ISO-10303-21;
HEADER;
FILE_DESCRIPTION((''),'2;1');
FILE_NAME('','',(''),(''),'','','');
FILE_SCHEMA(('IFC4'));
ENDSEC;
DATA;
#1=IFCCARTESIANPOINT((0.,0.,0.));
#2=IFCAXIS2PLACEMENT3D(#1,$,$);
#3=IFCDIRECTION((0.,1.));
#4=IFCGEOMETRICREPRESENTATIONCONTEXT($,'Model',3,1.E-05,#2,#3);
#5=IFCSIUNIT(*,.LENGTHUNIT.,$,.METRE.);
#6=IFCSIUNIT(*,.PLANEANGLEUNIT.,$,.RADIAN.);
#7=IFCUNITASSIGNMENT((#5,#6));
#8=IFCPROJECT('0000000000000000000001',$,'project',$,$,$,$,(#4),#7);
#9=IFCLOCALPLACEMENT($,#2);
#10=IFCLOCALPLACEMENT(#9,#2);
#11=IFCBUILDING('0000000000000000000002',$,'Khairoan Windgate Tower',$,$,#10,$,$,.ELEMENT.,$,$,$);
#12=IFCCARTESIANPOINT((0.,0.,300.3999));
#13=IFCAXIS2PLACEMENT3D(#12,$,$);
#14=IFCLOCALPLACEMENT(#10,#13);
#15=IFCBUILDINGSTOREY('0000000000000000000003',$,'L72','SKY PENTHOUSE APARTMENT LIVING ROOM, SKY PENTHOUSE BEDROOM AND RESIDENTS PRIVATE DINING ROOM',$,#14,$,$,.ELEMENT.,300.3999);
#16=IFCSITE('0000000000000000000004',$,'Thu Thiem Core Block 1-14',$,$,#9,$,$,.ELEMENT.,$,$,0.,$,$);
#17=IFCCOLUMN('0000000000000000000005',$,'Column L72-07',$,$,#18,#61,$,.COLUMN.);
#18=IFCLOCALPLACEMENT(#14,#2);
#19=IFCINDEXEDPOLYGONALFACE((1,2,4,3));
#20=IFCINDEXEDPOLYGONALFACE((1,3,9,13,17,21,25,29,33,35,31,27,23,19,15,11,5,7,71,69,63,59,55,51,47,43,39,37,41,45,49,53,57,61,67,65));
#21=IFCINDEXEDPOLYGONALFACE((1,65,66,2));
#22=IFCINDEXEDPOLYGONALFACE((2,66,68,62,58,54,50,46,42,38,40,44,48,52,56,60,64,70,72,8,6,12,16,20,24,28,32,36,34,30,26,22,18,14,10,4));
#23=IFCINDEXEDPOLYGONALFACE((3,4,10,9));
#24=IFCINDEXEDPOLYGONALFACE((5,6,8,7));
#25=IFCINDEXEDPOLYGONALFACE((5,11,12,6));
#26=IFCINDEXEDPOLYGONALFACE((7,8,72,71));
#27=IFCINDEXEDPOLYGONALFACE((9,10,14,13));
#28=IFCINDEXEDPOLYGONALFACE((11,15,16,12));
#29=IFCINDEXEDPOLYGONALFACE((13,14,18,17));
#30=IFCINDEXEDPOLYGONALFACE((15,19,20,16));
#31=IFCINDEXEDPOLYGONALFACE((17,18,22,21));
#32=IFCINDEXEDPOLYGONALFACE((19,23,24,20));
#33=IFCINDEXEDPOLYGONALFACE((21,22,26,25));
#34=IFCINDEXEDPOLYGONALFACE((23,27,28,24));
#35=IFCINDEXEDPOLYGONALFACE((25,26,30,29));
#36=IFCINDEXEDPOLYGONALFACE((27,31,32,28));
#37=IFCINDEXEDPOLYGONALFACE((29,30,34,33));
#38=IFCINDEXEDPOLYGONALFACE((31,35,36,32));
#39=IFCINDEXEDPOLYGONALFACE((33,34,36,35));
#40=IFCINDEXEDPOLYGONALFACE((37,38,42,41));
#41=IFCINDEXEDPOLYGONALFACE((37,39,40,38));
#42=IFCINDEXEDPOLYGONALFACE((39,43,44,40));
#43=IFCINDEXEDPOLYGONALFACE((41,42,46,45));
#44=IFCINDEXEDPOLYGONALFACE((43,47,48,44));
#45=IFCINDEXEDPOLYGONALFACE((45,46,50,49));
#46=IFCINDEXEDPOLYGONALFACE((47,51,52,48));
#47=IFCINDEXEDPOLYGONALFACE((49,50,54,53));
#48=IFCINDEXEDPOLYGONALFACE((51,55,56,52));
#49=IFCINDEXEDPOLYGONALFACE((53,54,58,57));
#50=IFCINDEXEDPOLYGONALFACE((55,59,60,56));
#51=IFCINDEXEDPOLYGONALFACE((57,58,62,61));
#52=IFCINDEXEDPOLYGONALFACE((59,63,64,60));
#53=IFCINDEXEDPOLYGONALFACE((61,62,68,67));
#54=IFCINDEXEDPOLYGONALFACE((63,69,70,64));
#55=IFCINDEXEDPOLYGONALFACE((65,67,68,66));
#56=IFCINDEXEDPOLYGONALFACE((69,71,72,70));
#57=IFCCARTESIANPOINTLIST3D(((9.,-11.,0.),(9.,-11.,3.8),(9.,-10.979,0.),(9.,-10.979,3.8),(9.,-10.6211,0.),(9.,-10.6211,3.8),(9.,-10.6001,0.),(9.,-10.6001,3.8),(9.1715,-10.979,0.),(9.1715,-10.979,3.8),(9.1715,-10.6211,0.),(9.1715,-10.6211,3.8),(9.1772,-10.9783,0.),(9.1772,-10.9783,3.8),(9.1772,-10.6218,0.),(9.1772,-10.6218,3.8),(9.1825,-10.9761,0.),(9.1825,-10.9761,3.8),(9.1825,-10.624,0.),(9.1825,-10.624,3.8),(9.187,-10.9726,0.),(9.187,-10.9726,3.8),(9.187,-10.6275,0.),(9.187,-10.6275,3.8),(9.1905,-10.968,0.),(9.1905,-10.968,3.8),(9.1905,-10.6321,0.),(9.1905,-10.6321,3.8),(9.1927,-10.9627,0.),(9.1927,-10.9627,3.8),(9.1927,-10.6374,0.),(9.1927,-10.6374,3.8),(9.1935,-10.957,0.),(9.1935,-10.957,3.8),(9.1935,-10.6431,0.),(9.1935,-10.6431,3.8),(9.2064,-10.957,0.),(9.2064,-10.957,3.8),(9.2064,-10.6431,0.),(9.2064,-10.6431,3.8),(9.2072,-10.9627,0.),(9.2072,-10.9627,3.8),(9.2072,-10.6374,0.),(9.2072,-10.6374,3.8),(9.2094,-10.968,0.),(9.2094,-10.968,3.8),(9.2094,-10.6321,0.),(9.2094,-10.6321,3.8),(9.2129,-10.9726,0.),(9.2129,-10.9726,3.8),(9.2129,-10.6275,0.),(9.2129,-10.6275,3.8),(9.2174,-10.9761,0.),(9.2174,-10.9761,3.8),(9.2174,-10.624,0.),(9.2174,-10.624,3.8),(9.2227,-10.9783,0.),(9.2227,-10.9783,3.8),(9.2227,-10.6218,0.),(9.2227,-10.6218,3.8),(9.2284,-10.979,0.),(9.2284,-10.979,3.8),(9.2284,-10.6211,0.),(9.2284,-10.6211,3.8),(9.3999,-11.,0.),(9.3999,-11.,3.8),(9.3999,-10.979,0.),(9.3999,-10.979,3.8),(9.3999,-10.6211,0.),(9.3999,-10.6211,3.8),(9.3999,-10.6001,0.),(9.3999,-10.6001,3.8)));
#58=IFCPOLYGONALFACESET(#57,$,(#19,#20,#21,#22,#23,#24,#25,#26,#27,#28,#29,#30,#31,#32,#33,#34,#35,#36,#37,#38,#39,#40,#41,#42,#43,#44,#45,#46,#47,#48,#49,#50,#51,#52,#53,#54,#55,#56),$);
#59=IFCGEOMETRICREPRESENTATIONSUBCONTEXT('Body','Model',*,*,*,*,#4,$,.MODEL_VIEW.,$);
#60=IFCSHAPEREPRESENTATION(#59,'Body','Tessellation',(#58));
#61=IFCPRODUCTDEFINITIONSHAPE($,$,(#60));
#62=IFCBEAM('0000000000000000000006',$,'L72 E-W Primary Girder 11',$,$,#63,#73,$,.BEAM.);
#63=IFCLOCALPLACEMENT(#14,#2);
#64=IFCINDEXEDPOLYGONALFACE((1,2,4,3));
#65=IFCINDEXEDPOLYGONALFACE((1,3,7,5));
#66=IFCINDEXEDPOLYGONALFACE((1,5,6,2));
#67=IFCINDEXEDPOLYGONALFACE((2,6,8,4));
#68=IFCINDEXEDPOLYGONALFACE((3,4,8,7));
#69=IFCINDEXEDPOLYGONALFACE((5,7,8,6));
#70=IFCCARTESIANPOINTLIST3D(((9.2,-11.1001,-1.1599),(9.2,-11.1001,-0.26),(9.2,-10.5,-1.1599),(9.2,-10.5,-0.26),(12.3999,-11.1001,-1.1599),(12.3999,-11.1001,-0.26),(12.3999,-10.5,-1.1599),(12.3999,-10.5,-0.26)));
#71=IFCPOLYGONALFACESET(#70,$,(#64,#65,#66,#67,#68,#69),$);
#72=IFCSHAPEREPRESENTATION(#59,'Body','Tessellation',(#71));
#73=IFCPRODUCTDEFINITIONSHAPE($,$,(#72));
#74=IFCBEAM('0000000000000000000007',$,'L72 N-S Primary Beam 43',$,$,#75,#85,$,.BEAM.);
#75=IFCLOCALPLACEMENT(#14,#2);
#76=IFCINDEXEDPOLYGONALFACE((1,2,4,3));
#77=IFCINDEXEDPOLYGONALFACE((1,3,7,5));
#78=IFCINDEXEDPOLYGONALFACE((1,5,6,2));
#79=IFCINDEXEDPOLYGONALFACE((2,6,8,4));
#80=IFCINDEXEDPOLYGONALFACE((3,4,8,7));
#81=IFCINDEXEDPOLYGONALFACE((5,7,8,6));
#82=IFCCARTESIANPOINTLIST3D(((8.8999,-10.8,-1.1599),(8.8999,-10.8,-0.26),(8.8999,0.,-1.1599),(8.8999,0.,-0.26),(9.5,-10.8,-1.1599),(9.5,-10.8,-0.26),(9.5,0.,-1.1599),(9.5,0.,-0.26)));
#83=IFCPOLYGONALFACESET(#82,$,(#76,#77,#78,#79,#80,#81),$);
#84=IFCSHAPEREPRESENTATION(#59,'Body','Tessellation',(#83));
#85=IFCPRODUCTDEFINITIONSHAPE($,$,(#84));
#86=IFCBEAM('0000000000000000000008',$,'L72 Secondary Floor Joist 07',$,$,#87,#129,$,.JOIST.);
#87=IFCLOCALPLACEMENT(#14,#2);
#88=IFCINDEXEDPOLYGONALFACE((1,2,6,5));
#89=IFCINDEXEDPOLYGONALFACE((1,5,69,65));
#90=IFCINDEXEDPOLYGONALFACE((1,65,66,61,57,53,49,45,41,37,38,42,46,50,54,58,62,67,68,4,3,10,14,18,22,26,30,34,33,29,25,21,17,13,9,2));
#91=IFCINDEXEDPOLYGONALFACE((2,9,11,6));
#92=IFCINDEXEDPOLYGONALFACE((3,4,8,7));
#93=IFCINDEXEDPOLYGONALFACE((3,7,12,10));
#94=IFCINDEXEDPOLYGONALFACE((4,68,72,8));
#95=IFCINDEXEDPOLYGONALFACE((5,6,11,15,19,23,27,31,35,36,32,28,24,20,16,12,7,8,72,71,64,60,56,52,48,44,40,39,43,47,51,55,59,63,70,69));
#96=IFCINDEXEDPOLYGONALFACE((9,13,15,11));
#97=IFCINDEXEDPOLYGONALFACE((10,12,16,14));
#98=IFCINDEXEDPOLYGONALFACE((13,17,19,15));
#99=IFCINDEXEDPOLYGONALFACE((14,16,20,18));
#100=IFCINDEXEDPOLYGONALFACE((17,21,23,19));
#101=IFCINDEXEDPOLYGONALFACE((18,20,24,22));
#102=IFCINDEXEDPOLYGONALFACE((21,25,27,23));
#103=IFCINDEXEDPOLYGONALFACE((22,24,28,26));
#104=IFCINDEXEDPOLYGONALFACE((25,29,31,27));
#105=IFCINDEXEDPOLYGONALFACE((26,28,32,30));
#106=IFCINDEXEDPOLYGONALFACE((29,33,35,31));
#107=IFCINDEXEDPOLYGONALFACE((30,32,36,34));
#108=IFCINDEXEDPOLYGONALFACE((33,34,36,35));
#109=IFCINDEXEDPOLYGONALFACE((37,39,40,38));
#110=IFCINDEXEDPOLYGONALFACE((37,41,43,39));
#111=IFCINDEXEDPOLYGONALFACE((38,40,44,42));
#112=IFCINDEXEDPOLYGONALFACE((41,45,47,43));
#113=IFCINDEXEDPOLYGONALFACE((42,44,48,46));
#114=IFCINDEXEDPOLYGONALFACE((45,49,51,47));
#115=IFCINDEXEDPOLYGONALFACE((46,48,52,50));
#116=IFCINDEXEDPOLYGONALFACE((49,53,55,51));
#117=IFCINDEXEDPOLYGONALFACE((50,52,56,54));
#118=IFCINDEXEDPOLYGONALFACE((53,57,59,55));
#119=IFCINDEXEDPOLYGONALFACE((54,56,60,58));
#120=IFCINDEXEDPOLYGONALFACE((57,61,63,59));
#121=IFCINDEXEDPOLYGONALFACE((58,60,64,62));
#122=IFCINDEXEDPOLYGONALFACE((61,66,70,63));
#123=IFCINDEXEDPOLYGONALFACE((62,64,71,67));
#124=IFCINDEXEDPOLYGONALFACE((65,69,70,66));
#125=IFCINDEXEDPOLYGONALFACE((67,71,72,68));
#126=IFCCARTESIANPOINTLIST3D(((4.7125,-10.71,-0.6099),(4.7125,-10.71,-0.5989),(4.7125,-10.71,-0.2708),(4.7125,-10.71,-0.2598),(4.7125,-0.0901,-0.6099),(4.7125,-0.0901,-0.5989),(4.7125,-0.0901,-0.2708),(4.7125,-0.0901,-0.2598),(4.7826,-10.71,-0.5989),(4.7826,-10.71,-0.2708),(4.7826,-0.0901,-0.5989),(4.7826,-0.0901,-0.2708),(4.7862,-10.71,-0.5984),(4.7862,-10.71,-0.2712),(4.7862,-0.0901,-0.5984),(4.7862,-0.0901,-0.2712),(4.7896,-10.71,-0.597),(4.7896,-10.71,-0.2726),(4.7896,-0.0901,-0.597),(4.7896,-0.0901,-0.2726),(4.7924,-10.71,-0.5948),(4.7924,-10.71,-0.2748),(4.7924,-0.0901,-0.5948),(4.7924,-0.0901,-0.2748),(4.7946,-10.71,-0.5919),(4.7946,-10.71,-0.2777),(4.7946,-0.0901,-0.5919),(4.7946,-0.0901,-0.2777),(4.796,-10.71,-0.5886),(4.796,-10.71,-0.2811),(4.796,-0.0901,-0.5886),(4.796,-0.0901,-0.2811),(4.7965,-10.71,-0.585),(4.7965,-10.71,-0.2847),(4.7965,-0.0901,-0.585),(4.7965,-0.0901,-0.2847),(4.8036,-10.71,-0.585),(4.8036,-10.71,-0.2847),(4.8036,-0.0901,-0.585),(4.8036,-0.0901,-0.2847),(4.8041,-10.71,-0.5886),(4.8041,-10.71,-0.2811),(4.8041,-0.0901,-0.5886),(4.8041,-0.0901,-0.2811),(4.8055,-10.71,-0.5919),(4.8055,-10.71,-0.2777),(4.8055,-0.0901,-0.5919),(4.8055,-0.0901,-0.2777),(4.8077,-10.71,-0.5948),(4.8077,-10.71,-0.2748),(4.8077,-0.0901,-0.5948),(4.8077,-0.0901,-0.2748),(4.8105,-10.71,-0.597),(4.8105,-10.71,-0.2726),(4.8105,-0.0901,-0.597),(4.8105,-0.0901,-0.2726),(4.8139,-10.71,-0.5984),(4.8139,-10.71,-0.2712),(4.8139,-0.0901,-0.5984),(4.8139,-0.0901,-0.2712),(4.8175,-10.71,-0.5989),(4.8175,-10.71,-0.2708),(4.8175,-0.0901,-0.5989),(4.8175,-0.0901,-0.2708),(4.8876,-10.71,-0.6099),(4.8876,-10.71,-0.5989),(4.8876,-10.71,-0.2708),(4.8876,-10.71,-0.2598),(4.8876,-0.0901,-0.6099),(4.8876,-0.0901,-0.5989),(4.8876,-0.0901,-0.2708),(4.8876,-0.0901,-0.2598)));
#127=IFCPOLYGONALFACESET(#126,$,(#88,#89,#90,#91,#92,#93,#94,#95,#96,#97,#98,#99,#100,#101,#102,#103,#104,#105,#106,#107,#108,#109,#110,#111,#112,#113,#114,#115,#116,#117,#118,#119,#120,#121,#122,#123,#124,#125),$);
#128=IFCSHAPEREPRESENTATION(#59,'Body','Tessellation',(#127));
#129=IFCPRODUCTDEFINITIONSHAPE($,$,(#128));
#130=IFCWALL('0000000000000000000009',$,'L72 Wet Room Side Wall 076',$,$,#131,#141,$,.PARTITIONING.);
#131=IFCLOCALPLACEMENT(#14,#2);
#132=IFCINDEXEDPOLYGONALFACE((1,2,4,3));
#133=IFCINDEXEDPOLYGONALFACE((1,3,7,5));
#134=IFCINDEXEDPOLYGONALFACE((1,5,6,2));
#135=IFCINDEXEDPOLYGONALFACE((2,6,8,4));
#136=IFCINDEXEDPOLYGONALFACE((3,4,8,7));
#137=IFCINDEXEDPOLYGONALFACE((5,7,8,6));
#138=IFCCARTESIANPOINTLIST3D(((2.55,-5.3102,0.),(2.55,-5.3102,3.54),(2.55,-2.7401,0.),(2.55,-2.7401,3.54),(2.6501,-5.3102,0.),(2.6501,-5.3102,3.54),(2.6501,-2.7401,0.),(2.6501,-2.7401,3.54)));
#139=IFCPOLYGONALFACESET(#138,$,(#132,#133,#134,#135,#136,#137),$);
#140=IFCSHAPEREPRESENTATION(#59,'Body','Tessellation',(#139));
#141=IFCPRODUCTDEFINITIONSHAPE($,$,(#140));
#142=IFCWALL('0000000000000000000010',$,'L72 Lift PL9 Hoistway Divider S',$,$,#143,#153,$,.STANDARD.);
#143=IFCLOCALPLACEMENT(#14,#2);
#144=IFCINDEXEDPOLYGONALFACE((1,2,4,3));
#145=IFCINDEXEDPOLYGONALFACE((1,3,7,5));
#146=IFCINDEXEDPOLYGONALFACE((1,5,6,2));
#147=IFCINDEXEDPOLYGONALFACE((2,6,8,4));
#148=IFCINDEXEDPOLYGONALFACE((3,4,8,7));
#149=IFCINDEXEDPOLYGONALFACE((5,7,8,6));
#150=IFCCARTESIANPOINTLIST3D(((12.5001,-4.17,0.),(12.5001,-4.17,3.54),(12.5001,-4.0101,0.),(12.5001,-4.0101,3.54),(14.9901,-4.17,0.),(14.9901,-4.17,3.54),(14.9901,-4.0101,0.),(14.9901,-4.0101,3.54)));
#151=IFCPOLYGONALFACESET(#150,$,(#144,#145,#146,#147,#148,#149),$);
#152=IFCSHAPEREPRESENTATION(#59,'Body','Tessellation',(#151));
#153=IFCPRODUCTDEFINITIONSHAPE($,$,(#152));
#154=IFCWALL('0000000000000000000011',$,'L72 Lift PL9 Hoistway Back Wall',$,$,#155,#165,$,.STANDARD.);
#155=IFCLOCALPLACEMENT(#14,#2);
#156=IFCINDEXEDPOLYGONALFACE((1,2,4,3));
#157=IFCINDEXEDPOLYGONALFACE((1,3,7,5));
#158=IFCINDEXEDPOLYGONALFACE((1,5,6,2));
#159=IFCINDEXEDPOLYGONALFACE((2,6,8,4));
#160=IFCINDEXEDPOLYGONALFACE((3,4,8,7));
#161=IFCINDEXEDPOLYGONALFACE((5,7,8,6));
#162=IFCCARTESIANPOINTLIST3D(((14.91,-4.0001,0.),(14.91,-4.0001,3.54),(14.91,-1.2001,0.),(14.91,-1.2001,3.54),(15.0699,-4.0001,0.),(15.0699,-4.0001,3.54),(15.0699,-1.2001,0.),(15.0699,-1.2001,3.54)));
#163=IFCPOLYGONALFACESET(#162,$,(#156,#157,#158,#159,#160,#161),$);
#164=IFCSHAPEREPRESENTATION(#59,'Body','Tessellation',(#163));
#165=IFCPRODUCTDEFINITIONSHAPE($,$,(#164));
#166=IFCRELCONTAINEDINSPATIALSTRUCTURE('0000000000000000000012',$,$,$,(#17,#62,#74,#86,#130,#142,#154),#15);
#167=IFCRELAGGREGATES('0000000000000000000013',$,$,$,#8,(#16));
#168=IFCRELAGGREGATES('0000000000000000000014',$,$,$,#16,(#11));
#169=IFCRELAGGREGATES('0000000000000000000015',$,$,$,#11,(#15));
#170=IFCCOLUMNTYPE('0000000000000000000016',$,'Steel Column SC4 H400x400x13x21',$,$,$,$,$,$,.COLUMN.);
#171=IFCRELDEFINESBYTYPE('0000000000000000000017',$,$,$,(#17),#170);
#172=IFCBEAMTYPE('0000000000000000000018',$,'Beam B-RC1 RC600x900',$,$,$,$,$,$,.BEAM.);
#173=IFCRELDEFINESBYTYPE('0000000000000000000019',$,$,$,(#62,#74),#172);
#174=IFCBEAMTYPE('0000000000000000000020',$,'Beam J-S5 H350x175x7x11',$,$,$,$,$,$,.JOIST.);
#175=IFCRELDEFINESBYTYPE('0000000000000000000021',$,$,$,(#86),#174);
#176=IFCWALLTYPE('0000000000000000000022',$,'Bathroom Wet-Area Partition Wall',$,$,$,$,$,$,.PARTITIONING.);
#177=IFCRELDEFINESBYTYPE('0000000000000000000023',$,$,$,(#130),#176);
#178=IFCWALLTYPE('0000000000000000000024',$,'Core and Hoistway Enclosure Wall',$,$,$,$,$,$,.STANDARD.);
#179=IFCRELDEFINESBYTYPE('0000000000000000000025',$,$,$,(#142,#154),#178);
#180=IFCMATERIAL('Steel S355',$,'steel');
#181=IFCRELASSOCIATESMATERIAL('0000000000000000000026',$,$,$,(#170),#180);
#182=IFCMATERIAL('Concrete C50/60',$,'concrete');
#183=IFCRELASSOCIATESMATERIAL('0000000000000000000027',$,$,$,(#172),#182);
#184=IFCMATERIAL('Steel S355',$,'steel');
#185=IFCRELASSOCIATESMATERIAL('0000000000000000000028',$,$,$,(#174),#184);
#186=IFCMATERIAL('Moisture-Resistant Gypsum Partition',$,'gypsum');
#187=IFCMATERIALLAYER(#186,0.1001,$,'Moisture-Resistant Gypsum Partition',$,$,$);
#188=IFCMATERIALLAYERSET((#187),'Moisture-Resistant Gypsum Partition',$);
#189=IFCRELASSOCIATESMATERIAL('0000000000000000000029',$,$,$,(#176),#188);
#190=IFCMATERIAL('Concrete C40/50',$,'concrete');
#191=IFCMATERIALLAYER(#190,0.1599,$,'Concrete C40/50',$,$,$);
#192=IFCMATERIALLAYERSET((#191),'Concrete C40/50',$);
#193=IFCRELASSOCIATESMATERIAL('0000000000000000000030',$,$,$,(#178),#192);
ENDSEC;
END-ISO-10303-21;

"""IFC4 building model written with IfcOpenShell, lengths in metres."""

from ifc_helpers import new_model, si_unit, direction, frame, frame_2d, origin, origin_2d, place, context, subcontext, project, spatial, rectangle, i_section, extrude, material, layer, layer_set, material_profile, profile_set, type_object, element, save


model = new_model("IFC4")

# Units and contexts
model_context = context("Model", 3, precision=1e-05, world=origin(), true_north=direction((0.0, 1.0)))
body_context = subcontext(model_context, "Body", "Model", "MODEL_VIEW")
ifc_project = project(units=[si_unit("LENGTHUNIT", "METRE"), si_unit("PLANEANGLEUNIT", "RADIAN")], contexts=[model_context])

# Site, building, storey
site_placement = place(None, origin())
site = spatial("IfcSite", under=ifc_project, at=site_placement, Name="Thu Thiem Core Block 1-14", CompositionType="ELEMENT", RefElevation=0.0)
building_placement = place(site_placement, origin())
building = spatial("IfcBuilding", under=site, at=building_placement, Name="Khairoan Windgate Tower", CompositionType="ELEMENT")
storey_placement = place(building_placement, frame((0.0, 0.0, 300.3999)))
storey = spatial("IfcBuildingStorey", under=building, at=storey_placement, Name="L72", Description="SKY PENTHOUSE APARTMENT LIVING ROOM, SKY PENTHOUSE BEDROOM AND RESIDENTS PRIVATE DINING ROOM", CompositionType="ELEMENT", Elevation=300.3999)

# Column
ifc_material_1 = material(Name="Steel S355", Category="steel")
ifc_material_profile_1 = material_profile(ifc_material_1, i_section(OverallWidth=0.3999, OverallDepth=0.3999, WebThickness=0.0129, FlangeThickness=0.021, FilletRadius=0.022, at=origin_2d()))
ifc_profile_set_1 = profile_set([ifc_material_profile_1], Name="Steel S355")
column_type = type_object("IfcColumnType", Name="Steel Column SC4 H400x400x13x21", PredefinedType="COLUMN", material=ifc_profile_set_1)
column_placement = place(storey_placement, frame((9.2, -10.8, 0.0), z_axis=(0.0, 0.0, 1.0), x_axis=(1.0, 0.0, 0.0)))
element("IfcColumn", 1, at=column_placement, inside=storey, type_object=column_type, Name="Column L72-07", PredefinedType="COLUMN", context=body_context, shape_type="SweptSolid", body=[
    extrude(i_section(OverallWidth=0.3999, OverallDepth=0.3999, WebThickness=0.0129, FlangeThickness=0.021, FilletRadius=0.022, at=origin_2d()), origin(), (0.0, 0.0, 1.0), 3.8),
])

# Beams
ifc_material_2 = material(Name="Concrete C50/60", Category="concrete")
ifc_material_profile_2 = material_profile(ifc_material_2, rectangle(XDim=0.6001, YDim=0.8999, at=origin_2d()))
ifc_profile_set_2 = profile_set([ifc_material_profile_2], Name="Concrete C50/60")
beam_type_1 = type_object("IfcBeamType", Name="Beam B-RC1 RC600x900", PredefinedType="BEAM", material=ifc_profile_set_2)
beam_1_placement = place(storey_placement, frame((9.2, -10.8, -0.71), z_axis=(1.0, 0.0, 0.0), x_axis=(0.0, 1.0, 0.0)))
element("IfcBeam", 2, at=beam_1_placement, inside=storey, type_object=beam_type_1, Name="L72 E-W Primary Girder 11", PredefinedType="BEAM", context=body_context, shape_type="SweptSolid", body=[
    extrude(rectangle(XDim=0.6001, YDim=0.8999, at=origin_2d()), origin(), (0.0, 0.0, 1.0), 3.2),
])
beam_2_placement = place(storey_placement, frame((9.2, -10.8, -0.71), z_axis=(0.0, 1.0, 0.0), x_axis=(-1.0, 0.0, 0.0)))
element("IfcBeam", 3, at=beam_2_placement, inside=storey, type_object=beam_type_1, Name="L72 N-S Primary Beam 43", PredefinedType="BEAM", context=body_context, shape_type="SweptSolid", body=[
    extrude(rectangle(XDim=0.6001, YDim=0.8999, at=origin_2d()), origin(), (0.0, 0.0, 1.0), 10.8),
])
ifc_material_3 = material(Name="Steel S355", Category="steel")
ifc_material_profile_3 = material_profile(ifc_material_3, i_section(OverallWidth=0.175, OverallDepth=0.3501, WebThickness=0.0071, FlangeThickness=0.011, FilletRadius=0.0139, at=origin_2d()))
ifc_profile_set_3 = profile_set([ifc_material_profile_3], Name="Steel S355")
beam_type_2 = type_object("IfcBeamType", Name="Beam J-S5 H350x175x7x11", PredefinedType="JOIST", material=ifc_profile_set_3)
beam_3_placement = place(storey_placement, frame((4.8, -10.71, -0.4348), z_axis=(0.0, 1.0, 0.0), x_axis=(-1.0, 0.0, 0.0)))
element("IfcBeam", 4, at=beam_3_placement, inside=storey, type_object=beam_type_2, Name="L72 Secondary Floor Joist 07", PredefinedType="JOIST", context=body_context, shape_type="SweptSolid", body=[
    extrude(i_section(OverallWidth=0.175, OverallDepth=0.3501, WebThickness=0.0071, FlangeThickness=0.011, FilletRadius=0.0139, at=origin_2d()), origin(), (0.0, 0.0, 1.0), 10.6199),
])

# Walls
ifc_material_4 = material(Name="Moisture-Resistant Gypsum Partition", Category="gypsum")
ifc_layer_1 = layer(ifc_material_4, 0.1001, Name="Moisture-Resistant Gypsum Partition")
ifc_layer_set_1 = layer_set([ifc_layer_1], Name="Moisture-Resistant Gypsum Partition")
wall_type_1 = type_object("IfcWallType", Name="Bathroom Wet-Area Partition Wall", PredefinedType="PARTITIONING", material=ifc_layer_set_1)
wall_1_placement = place(storey_placement, frame((2.6001, -2.74, 0.0), z_axis=(0.0, 0.0, 1.0), x_axis=(0.0, -1.0, 0.0)))
element("IfcWall", 5, at=wall_1_placement, inside=storey, type_object=wall_type_1, Name="L72 Wet Room Side Wall 076", PredefinedType="PARTITIONING", context=body_context, shape_type="SweptSolid", body=[
    extrude(rectangle(XDim=2.5701, YDim=0.1001, at=frame_2d((1.2852, 0.0))), origin(), (0.0, 0.0, 1.0), 3.54),
])
ifc_material_5 = material(Name="Concrete C40/50", Category="concrete")
ifc_layer_2 = layer(ifc_material_5, 0.1599, Name="Concrete C40/50")
ifc_layer_set_2 = layer_set([ifc_layer_2], Name="Concrete C40/50")
wall_type_2 = type_object("IfcWallType", Name="Core and Hoistway Enclosure Wall", PredefinedType="STANDARD", material=ifc_layer_set_2)
wall_2_placement = place(storey_placement, frame((12.5, -4.0901, 0.0), z_axis=(0.0, 0.0, 1.0), x_axis=(1.0, 0.0, 0.0)))
element("IfcWall", 6, at=wall_2_placement, inside=storey, type_object=wall_type_2, Name="L72 Lift PL9 Hoistway Divider S", PredefinedType="STANDARD", context=body_context, shape_type="SweptSolid", body=[
    extrude(rectangle(XDim=2.49, YDim=0.1599, at=frame_2d((1.2451, 0.0))), origin(), (0.0, 0.0, 1.0), 3.54),
])
wall_3_placement = place(storey_placement, frame((14.99, -4.0, 0.0), z_axis=(0.0, 0.0, 1.0), x_axis=(0.0, 1.0, 0.0)))
element("IfcWall", 7, at=wall_3_placement, inside=storey, type_object=wall_type_2, Name="L72 Lift PL9 Hoistway Back Wall", PredefinedType="STANDARD", context=body_context, shape_type="SweptSolid", body=[
    extrude(rectangle(XDim=2.8, YDim=0.1599, at=frame_2d((1.3999, 0.0))), origin(), (0.0, 0.0, 1.0), 3.54),
])

save(model, "model.ifc")
